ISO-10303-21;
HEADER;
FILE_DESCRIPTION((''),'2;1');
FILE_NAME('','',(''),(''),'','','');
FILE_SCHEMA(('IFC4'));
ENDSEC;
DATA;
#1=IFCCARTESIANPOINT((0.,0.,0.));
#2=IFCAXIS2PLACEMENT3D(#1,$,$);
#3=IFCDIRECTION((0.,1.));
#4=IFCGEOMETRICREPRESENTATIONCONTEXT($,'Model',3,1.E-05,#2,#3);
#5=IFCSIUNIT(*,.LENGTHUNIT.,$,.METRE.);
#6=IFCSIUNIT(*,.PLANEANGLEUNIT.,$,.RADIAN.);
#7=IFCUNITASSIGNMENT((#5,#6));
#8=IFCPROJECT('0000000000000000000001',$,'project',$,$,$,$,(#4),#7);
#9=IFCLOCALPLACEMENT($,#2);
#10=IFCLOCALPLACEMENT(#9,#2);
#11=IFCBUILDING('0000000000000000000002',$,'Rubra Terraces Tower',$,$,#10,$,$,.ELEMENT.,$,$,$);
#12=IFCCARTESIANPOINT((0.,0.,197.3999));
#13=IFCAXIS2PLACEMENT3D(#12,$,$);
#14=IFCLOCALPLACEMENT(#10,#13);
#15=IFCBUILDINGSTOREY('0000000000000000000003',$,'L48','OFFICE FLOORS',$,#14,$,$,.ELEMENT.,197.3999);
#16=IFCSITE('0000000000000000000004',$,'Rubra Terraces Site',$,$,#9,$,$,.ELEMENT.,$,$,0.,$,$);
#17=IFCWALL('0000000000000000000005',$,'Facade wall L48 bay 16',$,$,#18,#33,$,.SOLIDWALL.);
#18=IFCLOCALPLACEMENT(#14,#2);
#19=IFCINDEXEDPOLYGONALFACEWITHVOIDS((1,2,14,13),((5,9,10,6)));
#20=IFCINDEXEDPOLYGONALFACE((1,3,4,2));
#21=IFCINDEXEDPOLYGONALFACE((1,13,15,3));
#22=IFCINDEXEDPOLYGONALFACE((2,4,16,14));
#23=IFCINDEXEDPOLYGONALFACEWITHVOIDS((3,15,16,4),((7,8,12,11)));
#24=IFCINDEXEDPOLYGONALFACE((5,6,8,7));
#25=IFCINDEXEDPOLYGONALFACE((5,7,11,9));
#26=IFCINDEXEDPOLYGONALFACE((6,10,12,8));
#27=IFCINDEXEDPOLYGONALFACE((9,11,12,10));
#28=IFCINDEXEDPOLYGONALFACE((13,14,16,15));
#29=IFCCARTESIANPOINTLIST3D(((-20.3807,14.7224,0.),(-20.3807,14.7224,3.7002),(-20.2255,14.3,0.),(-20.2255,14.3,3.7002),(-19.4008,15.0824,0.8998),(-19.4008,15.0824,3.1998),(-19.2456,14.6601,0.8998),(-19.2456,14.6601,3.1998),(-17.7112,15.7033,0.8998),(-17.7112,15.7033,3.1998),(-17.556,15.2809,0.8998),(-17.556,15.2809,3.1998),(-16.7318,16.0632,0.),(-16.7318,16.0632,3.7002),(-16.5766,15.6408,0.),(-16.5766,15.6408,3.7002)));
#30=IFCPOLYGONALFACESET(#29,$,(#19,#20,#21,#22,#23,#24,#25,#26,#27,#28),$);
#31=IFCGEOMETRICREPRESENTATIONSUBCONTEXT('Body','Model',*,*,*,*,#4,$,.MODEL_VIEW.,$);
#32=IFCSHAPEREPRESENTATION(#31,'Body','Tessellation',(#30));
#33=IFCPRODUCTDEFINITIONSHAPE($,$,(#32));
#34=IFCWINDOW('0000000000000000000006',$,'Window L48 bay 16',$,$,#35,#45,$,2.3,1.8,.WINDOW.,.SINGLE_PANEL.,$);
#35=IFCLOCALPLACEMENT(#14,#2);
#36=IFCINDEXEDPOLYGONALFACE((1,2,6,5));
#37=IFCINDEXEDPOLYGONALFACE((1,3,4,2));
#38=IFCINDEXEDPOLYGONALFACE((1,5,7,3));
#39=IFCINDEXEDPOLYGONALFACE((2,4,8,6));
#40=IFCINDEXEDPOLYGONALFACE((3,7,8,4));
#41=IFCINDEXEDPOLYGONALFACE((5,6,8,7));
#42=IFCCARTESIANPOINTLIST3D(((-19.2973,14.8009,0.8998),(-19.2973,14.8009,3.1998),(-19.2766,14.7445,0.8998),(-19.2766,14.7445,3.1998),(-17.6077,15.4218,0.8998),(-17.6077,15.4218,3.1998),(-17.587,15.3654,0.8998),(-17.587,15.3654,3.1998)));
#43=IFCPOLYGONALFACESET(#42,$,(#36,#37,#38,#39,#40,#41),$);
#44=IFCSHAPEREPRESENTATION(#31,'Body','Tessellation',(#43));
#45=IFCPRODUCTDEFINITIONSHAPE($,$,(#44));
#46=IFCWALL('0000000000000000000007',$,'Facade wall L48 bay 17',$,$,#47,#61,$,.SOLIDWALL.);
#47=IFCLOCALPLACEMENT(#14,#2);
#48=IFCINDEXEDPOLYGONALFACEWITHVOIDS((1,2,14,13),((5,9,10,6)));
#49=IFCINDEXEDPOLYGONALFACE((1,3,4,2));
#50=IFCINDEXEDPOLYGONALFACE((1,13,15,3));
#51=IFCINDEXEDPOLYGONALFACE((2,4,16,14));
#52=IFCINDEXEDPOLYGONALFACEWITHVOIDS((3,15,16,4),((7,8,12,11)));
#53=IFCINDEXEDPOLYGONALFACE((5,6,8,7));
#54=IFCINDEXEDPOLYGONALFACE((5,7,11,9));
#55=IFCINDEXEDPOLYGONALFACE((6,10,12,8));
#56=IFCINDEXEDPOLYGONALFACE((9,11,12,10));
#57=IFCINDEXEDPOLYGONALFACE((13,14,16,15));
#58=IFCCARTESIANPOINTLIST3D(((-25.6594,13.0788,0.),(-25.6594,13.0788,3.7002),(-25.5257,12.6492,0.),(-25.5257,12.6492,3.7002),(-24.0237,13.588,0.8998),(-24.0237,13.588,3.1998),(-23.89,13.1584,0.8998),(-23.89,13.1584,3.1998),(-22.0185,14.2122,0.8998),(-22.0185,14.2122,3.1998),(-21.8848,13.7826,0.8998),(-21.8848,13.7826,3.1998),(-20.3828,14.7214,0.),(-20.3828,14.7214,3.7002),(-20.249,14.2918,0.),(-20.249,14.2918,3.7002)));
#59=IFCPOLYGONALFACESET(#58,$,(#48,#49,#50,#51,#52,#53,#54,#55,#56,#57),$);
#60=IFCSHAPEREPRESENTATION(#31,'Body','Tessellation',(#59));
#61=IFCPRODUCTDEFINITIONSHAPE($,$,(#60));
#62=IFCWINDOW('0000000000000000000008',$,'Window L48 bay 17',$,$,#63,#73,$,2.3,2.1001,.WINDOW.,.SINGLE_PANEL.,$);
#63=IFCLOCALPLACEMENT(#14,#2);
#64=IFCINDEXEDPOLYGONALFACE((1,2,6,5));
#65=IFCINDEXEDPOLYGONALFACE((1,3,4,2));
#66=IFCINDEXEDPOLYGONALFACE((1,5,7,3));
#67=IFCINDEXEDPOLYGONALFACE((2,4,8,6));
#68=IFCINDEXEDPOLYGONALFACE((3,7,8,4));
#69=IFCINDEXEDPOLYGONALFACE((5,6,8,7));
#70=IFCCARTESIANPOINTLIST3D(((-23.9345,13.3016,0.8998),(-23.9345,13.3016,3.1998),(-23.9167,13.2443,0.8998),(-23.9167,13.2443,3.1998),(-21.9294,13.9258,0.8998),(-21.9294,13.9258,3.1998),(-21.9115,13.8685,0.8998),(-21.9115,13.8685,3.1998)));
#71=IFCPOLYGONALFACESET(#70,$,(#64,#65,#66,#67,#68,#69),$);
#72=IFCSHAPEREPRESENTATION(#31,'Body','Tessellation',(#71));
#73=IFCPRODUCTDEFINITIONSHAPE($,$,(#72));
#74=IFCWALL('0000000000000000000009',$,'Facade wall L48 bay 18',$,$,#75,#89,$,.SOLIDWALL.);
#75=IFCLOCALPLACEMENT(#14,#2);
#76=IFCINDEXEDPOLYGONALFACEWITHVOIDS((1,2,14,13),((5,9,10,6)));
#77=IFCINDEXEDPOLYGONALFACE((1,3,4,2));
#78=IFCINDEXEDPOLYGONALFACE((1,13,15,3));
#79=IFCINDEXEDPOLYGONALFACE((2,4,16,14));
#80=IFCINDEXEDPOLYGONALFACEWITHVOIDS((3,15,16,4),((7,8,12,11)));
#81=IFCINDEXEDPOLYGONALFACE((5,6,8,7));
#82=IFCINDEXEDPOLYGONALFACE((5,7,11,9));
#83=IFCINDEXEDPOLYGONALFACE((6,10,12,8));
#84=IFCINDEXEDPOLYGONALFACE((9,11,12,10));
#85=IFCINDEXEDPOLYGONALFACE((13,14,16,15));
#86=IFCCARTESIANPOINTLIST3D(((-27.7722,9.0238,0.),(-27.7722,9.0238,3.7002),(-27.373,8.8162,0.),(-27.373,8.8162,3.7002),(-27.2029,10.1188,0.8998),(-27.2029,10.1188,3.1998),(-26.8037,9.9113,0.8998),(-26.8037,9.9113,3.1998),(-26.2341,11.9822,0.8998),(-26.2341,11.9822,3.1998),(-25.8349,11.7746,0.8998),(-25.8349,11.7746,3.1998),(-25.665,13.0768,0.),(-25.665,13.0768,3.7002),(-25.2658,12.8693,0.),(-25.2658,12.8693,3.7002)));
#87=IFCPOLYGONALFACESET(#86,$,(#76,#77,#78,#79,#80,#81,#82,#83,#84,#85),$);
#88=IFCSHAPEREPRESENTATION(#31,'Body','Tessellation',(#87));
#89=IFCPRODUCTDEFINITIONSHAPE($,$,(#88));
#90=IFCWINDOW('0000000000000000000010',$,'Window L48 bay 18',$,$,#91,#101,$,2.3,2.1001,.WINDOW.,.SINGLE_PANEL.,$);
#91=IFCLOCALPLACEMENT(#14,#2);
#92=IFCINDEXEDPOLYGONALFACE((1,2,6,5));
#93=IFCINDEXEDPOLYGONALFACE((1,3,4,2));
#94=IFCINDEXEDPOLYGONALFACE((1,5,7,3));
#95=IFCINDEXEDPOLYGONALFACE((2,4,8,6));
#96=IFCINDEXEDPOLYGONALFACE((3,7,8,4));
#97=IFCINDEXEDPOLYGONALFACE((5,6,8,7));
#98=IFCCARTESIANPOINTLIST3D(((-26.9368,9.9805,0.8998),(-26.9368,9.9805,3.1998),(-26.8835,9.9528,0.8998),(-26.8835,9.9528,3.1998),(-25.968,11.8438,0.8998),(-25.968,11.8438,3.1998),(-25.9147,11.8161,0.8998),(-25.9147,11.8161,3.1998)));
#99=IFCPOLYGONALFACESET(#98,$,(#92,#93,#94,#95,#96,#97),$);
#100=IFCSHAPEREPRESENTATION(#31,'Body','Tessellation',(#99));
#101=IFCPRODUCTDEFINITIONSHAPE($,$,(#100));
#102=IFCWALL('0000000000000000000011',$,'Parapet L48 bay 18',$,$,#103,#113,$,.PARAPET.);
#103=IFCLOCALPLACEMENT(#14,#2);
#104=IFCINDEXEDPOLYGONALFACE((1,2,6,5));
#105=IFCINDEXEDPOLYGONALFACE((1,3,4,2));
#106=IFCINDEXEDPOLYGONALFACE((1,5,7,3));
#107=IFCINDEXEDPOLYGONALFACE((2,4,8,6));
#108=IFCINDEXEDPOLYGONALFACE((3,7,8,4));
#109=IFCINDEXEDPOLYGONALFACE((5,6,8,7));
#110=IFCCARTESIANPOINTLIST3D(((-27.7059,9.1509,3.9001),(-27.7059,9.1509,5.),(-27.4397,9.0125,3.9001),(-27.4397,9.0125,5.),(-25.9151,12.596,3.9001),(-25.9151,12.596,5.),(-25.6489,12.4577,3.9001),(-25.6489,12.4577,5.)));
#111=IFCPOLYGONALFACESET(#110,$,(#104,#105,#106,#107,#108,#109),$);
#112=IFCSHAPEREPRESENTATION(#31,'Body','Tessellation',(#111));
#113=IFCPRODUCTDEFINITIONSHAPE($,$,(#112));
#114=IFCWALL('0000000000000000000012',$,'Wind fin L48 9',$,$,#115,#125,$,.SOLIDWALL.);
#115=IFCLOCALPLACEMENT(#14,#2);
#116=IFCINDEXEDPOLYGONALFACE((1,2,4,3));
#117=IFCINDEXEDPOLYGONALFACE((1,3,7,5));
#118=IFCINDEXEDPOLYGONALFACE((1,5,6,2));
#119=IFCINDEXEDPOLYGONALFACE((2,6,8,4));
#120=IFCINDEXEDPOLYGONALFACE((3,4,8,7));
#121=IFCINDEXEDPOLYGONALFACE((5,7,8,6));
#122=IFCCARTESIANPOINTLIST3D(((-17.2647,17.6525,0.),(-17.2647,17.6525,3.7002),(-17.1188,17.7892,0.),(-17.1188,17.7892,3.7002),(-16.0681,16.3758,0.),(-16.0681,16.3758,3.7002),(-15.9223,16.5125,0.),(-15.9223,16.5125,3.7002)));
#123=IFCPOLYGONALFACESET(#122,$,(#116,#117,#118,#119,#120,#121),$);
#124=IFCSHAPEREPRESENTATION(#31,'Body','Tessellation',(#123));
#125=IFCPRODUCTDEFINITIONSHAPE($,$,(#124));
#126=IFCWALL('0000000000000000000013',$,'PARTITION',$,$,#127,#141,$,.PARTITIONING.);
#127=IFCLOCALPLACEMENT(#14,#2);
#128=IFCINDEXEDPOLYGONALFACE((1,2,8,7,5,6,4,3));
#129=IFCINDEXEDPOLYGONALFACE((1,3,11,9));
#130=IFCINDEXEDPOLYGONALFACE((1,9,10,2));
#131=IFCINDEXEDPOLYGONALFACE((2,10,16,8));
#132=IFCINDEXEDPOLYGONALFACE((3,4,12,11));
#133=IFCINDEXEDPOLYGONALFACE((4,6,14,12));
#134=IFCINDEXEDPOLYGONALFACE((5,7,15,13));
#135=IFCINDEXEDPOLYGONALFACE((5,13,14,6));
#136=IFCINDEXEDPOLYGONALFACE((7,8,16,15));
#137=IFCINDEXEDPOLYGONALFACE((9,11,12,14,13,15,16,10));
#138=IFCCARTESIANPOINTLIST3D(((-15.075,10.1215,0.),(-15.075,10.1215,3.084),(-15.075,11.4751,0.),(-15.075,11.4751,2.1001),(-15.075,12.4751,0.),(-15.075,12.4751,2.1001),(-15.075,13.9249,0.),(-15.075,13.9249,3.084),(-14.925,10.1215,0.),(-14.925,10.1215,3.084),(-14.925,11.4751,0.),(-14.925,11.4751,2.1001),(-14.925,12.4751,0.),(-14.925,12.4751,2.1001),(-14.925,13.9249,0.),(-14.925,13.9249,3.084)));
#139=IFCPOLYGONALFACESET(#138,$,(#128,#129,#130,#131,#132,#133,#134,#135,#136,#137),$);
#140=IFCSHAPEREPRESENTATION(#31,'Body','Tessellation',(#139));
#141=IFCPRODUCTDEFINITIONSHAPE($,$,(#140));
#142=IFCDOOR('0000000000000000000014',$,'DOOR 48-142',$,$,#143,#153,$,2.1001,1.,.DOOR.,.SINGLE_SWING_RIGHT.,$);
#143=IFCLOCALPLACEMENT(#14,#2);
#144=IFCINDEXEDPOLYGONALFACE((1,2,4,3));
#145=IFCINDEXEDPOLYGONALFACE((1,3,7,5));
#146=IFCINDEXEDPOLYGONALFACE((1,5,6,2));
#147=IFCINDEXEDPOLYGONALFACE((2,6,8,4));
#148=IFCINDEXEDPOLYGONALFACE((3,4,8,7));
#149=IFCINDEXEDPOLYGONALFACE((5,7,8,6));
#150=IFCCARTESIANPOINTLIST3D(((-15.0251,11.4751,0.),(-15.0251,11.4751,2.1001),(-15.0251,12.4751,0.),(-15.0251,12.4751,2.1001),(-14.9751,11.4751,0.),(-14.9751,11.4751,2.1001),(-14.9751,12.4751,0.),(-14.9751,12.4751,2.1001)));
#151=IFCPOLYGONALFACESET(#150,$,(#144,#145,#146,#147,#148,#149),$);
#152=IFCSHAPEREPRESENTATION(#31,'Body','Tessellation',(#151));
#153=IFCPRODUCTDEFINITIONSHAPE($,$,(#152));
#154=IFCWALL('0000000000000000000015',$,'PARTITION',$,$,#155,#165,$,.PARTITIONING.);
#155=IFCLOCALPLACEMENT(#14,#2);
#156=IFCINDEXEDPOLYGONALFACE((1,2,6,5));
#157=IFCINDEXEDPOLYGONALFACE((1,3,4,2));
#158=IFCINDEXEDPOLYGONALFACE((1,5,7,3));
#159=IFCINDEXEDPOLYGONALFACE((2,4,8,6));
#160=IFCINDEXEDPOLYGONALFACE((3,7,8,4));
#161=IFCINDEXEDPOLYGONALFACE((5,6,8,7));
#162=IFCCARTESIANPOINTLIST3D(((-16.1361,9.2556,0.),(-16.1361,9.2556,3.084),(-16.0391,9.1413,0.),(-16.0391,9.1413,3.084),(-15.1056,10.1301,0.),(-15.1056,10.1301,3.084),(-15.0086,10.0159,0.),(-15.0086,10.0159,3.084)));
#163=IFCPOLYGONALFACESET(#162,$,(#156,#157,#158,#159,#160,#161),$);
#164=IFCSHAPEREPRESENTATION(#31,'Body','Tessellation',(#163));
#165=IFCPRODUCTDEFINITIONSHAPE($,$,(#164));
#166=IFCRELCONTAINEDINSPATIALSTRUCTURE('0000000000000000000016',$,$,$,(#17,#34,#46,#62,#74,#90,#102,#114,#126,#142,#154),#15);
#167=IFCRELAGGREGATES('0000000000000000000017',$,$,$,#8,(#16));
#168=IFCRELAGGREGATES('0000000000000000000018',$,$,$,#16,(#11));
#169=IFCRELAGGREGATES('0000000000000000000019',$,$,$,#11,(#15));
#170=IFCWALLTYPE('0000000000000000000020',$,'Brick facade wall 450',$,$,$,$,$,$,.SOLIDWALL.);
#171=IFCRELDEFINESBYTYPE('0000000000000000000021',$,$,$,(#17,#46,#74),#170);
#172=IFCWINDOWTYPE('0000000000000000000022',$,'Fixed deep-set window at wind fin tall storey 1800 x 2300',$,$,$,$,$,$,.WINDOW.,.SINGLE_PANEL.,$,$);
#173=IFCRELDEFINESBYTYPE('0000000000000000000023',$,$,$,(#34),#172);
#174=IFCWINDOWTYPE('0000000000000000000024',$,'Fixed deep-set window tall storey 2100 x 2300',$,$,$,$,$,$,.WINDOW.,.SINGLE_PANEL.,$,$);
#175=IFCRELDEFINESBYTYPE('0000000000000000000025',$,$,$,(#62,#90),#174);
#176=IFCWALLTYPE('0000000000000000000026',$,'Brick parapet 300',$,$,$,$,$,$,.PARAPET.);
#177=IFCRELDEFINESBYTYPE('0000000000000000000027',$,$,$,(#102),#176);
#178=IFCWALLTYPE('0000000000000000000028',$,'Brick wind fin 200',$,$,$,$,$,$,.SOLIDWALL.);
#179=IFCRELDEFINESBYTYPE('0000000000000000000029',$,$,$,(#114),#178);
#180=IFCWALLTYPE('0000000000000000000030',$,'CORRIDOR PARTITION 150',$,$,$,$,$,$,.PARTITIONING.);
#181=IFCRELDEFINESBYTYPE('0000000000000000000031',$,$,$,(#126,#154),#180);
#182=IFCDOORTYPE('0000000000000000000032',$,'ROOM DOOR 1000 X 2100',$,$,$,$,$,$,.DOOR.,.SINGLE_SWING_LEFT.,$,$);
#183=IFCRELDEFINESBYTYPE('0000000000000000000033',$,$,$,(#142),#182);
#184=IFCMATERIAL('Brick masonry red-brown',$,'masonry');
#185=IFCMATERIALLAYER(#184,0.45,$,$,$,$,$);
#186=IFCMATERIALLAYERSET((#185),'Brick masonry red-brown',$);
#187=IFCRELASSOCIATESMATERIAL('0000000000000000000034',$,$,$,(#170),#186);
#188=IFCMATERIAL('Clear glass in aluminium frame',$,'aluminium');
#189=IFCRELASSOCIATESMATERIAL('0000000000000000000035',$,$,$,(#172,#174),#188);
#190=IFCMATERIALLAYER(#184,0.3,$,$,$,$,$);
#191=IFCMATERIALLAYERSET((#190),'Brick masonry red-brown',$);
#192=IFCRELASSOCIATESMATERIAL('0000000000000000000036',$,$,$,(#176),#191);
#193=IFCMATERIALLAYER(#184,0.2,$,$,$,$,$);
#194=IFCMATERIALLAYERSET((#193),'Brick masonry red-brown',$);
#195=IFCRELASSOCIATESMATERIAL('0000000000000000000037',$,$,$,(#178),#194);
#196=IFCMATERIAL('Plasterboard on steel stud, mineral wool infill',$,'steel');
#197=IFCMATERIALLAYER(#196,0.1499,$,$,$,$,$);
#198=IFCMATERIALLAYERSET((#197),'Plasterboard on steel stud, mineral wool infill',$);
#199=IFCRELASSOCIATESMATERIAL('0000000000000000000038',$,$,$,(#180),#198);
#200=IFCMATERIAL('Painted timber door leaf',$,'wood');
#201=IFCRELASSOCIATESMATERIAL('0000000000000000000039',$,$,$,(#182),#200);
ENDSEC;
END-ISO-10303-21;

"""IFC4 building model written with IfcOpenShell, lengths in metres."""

from ifc_helpers import new_model, si_unit, direction, frame, frame_2d, origin, place, context, subcontext, project, spatial, rectangle, extrude, material, layer, layer_set, type_object, element, fill, save


model = new_model("IFC4")

# Units and contexts
model_context = context("Model", 3, precision=1e-05, world=origin(), true_north=direction((0.0, 1.0)))
body_context = subcontext(model_context, "Body", "Model", "MODEL_VIEW")
ifc_project = project(units=[si_unit("LENGTHUNIT", "METRE"), si_unit("PLANEANGLEUNIT", "RADIAN")], contexts=[model_context])

# Site, building, storey
site_placement = place(None, origin())
site = spatial("IfcSite", under=ifc_project, at=site_placement, Name="Rubra Terraces Site", CompositionType="ELEMENT", RefElevation=0.0)
building_placement = place(site_placement, origin())
building = spatial("IfcBuilding", under=site, at=building_placement, Name="Rubra Terraces Tower", CompositionType="ELEMENT")
storey_placement = place(building_placement, frame((0.0, 0.0, 197.3999)))
storey = spatial("IfcBuildingStorey", under=building, at=storey_placement, Name="L48", Description="OFFICE FLOORS", CompositionType="ELEMENT", Elevation=197.3999)

# Walls, openings, windows
ifc_material_1 = material(Name="Brick masonry red-brown", Category="masonry")
ifc_layer_1 = layer(ifc_material_1, 0.45)
ifc_layer_set_1 = layer_set([ifc_layer_1], Name="Brick masonry red-brown")
wall_type_1 = type_object("IfcWallType", Name="Brick facade wall 450", PredefinedType="SOLIDWALL", material=ifc_layer_set_1)
wall_1_placement = place(storey_placement, frame((-16.6541, 15.8521, 0.0), z_axis=(0.0, 0.0, 1.0), x_axis=(-0.938637, -0.344908, 0.0)))
wall_1 = element("IfcWall", 1, at=wall_1_placement, inside=storey, type_object=wall_type_1, Name="Facade wall L48 bay 16", PredefinedType="SOLIDWALL", context=body_context, shape_type="SweptSolid", body=[
    extrude(rectangle(XDim=3.8875, YDim=0.45, at=frame_2d((1.9438, 0.0))), origin(), (0.0, 0.0, 1.0), 3.7002),
])
opening_1_placement = place(wall_1_placement, frame((1.0437, 0.0, 0.8999)))
opening_1 = element("IfcOpeningElement", 2, at=opening_1_placement, cuts=wall_1, PredefinedType="OPENING", context=body_context, shape_type="SweptSolid", body=[
    extrude(rectangle(XDim=1.8, YDim=2.3, at=frame_2d((0.8999, 1.1499))), frame((0.0, 0.2349, 0.0), z_axis=(0.0, -1.0, 0.0), x_axis=(1.0, 0.0, 0.0)), (0.0, 0.0, 1.0), 0.47),
])
ifc_material_2 = material(Name="Clear glass in aluminium frame", Category="aluminium")
window_type_1 = type_object("IfcWindowType", Name="Fixed deep-set window at wind fin tall storey 1800 x 2300", PartitioningType="SINGLE_PANEL", PredefinedType="WINDOW", material=ifc_material_2)
window_1_placement = place(opening_1_placement, origin())
window_1 = element("IfcWindow", 3, at=window_1_placement, inside=storey, type_object=window_type_1, Name="Window L48 bay 16", OverallHeight=2.3, OverallWidth=1.8, PartitioningType="SINGLE_PANEL", PredefinedType="WINDOW", context=body_context, shape_type="SweptSolid", body=[
    extrude(rectangle(XDim=1.8, YDim=2.3, at=frame_2d((0.8999, 1.1499))), frame((0.0, 0.135, 0.0), z_axis=(0.0, -1.0, 0.0), x_axis=(1.0, 0.0, 0.0)), (0.0, 0.0, 1.0), 0.0601),
])
fill(opening_1, window_1)
wall_2_placement = place(storey_placement, frame((-20.3159, 14.5066, 0.0), z_axis=(0.0, 0.0, 1.0), x_axis=(-0.954807, -0.297226, 0.0)))
wall_2 = element("IfcWall", 4, at=wall_2_placement, inside=storey, type_object=wall_type_1, Name="Facade wall L48 bay 17", PredefinedType="SOLIDWALL", context=body_context, shape_type="SweptSolid", body=[
    extrude(rectangle(XDim=5.5264, YDim=0.45, at=frame_2d((2.7632, 0.0))), origin(), (0.0, 0.0, 1.0), 3.7002),
])
opening_2_placement = place(wall_2_placement, frame((1.7131, 0.0, 0.8999)))
opening_2 = element("IfcOpeningElement", 5, at=opening_2_placement, cuts=wall_2, PredefinedType="OPENING", context=body_context, shape_type="SweptSolid", body=[
    extrude(rectangle(XDim=2.1001, YDim=2.3, at=frame_2d((1.05, 1.1499))), frame((0.0, 0.2349, 0.0), z_axis=(0.0, -1.0, 0.0), x_axis=(1.0, 0.0, 0.0)), (0.0, 0.0, 1.0), 0.47),
])
window_type_2 = type_object("IfcWindowType", Name="Fixed deep-set window tall storey 2100 x 2300", PartitioningType="SINGLE_PANEL", PredefinedType="WINDOW", material=ifc_material_2)
window_2_placement = place(opening_2_placement, origin())
window_2 = element("IfcWindow", 6, at=window_2_placement, inside=storey, type_object=window_type_2, Name="Window L48 bay 17", OverallHeight=2.3, OverallWidth=2.1001, PartitioningType="SINGLE_PANEL", PredefinedType="WINDOW", context=body_context, shape_type="SweptSolid", body=[
    extrude(rectangle(XDim=2.1001, YDim=2.3, at=frame_2d((1.05, 1.1499))), frame((0.0, 0.135, 0.0), z_axis=(0.0, -1.0, 0.0), x_axis=(1.0, 0.0, 0.0)), (0.0, 0.0, 1.0), 0.0601),
])
fill(opening_2, window_2)
wall_3_placement = place(storey_placement, frame((-25.4653, 12.9731, 0.0), z_axis=(0.0, 0.0, 1.0), x_axis=(-0.461289, -0.88725, 0.0)))
wall_3 = element("IfcWall", 7, at=wall_3_placement, inside=storey, type_object=wall_type_1, Name="Facade wall L48 bay 18", PredefinedType="SOLIDWALL", context=body_context, shape_type="SweptSolid", body=[
    extrude(rectangle(XDim=4.5681, YDim=0.45, at=frame_2d((2.2842, 0.0))), origin(), (0.0, 0.0, 1.0), 3.7002),
])
opening_3_placement = place(wall_3_placement, frame((1.2339, 0.0, 0.8999)))
opening_3 = element("IfcOpeningElement", 8, at=opening_3_placement, cuts=wall_3, PredefinedType="OPENING", context=body_context, shape_type="SweptSolid", body=[
    extrude(rectangle(XDim=2.1001, YDim=2.3, at=frame_2d((1.05, 1.1499))), frame((0.0, 0.2349, 0.0), z_axis=(0.0, -1.0, 0.0), x_axis=(1.0, 0.0, 0.0)), (0.0, 0.0, 1.0), 0.47),
])
window_3_placement = place(opening_3_placement, origin())
window_3 = element("IfcWindow", 9, at=window_3_placement, inside=storey, type_object=window_type_2, Name="Window L48 bay 18", OverallHeight=2.3, OverallWidth=2.1001, PartitioningType="SINGLE_PANEL", PredefinedType="WINDOW", context=body_context, shape_type="SweptSolid", body=[
    extrude(rectangle(XDim=2.1001, YDim=2.3, at=frame_2d((1.05, 1.1499))), frame((0.0, 0.135, 0.0), z_axis=(0.0, -1.0, 0.0), x_axis=(1.0, 0.0, 0.0)), (0.0, 0.0, 1.0), 0.0601),
])
fill(opening_3, window_3)

# Walls
ifc_layer_2 = layer(ifc_material_1, 0.3)
ifc_layer_set_2 = layer_set([ifc_layer_2], Name="Brick masonry red-brown")
wall_type_2 = type_object("IfcWallType", Name="Brick parapet 300", PredefinedType="PARAPET", material=ifc_layer_set_2)
wall_4_placement = place(storey_placement, frame((-25.782, 12.5269, 3.9001), z_axis=(0.0, 0.0, 1.0), x_axis=(-0.461218, -0.887287, 0.0)))
element("IfcWall", 10, at=wall_4_placement, inside=storey, type_object=wall_type_2, Name="Parapet L48 bay 18", PredefinedType="PARAPET", context=body_context, shape_type="SweptSolid", body=[
    extrude(rectangle(XDim=3.8828, YDim=0.3, at=frame_2d((1.9414, 0.0))), origin(), (0.0, 0.0, 1.0), 1.0999),
])
ifc_layer_3 = layer(ifc_material_1, 0.2)
ifc_layer_set_3 = layer_set([ifc_layer_3], Name="Brick masonry red-brown")
wall_type_3 = type_object("IfcWallType", Name="Brick wind fin 200", PredefinedType="SOLIDWALL", material=ifc_layer_set_3)
wall_5_placement = place(storey_placement, frame((-15.9951, 16.4441, 0.0), z_axis=(0.0, 0.0, 1.0), x_axis=(-0.683853, 0.72962, 0.0)))
element("IfcWall", 11, at=wall_5_placement, inside=storey, type_object=wall_type_3, Name="Wind fin L48 9", PredefinedType="SOLIDWALL", context=body_context, shape_type="SweptSolid", body=[
    extrude(rectangle(XDim=1.7498, YDim=0.2, at=frame_2d((0.875, 0.0))), origin(), (0.0, 0.0, 1.0), 3.7002),
])

# Wall, opening, door
ifc_material_3 = material(Name="Plasterboard on steel stud, mineral wool infill", Category="steel")
ifc_layer_4 = layer(ifc_material_3, 0.1499)
ifc_layer_set_4 = layer_set([ifc_layer_4], Name="Plasterboard on steel stud, mineral wool infill")
wall_type_4 = type_object("IfcWallType", Name="CORRIDOR PARTITION 150", PredefinedType="PARTITIONING", material=ifc_layer_set_4)
wall_6_placement = place(storey_placement, frame((-15.0, 13.925, 0.0), z_axis=(0.0, 0.0, 1.0), x_axis=(0.0, -1.0, 0.0)))
wall_6 = element("IfcWall", 12, at=wall_6_placement, inside=storey, type_object=wall_type_4, Name="PARTITION", PredefinedType="PARTITIONING", context=body_context, shape_type="SweptSolid", body=[
    extrude(rectangle(XDim=3.8035, YDim=0.1499, at=frame_2d((1.9019, 0.0))), origin(), (0.0, 0.0, 1.0), 3.084),
])
opening_4_placement = place(wall_6_placement, frame((1.45, 0.0, 0.0)))
opening_4 = element("IfcOpeningElement", 13, at=opening_4_placement, cuts=wall_6, PredefinedType="OPENING", context=body_context, shape_type="SweptSolid", body=[
    extrude(rectangle(XDim=1.0, YDim=2.1001, at=frame_2d((0.5, 1.05))), frame((0.0, 0.085, 0.0), z_axis=(0.0, -1.0, 0.0), x_axis=(1.0, 0.0, 0.0)), (0.0, 0.0, 1.0), 0.1699),
])
ifc_material_4 = material(Name="Painted timber door leaf", Category="wood")
door_type = type_object("IfcDoorType", Name="ROOM DOOR 1000 X 2100", OperationType="SINGLE_SWING_LEFT", PredefinedType="DOOR", material=ifc_material_4)
door_1_placement = place(opening_4_placement, origin())
door_1 = element("IfcDoor", 14, at=door_1_placement, inside=storey, type_object=door_type, Name="DOOR 48-142", OperationType="SINGLE_SWING_RIGHT", OverallHeight=2.1001, OverallWidth=1.0, PredefinedType="DOOR", context=body_context, shape_type="SweptSolid", body=[
    extrude(rectangle(XDim=1.0, YDim=2.1001, at=frame_2d((0.5, 1.05))), frame((0.0, 0.0249, 0.0), z_axis=(0.0, -1.0, 0.0), x_axis=(1.0, 0.0, 0.0)), (0.0, 0.0, 1.0), 0.05),
])
fill(opening_4, door_1)

# Wall
wall_7_placement = place(storey_placement, frame((-15.0571, 10.073, 0.0), z_axis=(0.0, 0.0, 1.0), x_axis=(-0.762461, -0.647035, 0.0)))
element("IfcWall", 15, at=wall_7_placement, inside=storey, type_object=wall_type_4, Name="PARTITION", PredefinedType="PARTITIONING", context=body_context, shape_type="SweptSolid", body=[
    extrude(rectangle(XDim=1.3516, YDim=0.1499, at=frame_2d((0.6758, 0.0))), origin(), (0.0, 0.0, 1.0), 3.084),
])

save(model, "model.ifc")
